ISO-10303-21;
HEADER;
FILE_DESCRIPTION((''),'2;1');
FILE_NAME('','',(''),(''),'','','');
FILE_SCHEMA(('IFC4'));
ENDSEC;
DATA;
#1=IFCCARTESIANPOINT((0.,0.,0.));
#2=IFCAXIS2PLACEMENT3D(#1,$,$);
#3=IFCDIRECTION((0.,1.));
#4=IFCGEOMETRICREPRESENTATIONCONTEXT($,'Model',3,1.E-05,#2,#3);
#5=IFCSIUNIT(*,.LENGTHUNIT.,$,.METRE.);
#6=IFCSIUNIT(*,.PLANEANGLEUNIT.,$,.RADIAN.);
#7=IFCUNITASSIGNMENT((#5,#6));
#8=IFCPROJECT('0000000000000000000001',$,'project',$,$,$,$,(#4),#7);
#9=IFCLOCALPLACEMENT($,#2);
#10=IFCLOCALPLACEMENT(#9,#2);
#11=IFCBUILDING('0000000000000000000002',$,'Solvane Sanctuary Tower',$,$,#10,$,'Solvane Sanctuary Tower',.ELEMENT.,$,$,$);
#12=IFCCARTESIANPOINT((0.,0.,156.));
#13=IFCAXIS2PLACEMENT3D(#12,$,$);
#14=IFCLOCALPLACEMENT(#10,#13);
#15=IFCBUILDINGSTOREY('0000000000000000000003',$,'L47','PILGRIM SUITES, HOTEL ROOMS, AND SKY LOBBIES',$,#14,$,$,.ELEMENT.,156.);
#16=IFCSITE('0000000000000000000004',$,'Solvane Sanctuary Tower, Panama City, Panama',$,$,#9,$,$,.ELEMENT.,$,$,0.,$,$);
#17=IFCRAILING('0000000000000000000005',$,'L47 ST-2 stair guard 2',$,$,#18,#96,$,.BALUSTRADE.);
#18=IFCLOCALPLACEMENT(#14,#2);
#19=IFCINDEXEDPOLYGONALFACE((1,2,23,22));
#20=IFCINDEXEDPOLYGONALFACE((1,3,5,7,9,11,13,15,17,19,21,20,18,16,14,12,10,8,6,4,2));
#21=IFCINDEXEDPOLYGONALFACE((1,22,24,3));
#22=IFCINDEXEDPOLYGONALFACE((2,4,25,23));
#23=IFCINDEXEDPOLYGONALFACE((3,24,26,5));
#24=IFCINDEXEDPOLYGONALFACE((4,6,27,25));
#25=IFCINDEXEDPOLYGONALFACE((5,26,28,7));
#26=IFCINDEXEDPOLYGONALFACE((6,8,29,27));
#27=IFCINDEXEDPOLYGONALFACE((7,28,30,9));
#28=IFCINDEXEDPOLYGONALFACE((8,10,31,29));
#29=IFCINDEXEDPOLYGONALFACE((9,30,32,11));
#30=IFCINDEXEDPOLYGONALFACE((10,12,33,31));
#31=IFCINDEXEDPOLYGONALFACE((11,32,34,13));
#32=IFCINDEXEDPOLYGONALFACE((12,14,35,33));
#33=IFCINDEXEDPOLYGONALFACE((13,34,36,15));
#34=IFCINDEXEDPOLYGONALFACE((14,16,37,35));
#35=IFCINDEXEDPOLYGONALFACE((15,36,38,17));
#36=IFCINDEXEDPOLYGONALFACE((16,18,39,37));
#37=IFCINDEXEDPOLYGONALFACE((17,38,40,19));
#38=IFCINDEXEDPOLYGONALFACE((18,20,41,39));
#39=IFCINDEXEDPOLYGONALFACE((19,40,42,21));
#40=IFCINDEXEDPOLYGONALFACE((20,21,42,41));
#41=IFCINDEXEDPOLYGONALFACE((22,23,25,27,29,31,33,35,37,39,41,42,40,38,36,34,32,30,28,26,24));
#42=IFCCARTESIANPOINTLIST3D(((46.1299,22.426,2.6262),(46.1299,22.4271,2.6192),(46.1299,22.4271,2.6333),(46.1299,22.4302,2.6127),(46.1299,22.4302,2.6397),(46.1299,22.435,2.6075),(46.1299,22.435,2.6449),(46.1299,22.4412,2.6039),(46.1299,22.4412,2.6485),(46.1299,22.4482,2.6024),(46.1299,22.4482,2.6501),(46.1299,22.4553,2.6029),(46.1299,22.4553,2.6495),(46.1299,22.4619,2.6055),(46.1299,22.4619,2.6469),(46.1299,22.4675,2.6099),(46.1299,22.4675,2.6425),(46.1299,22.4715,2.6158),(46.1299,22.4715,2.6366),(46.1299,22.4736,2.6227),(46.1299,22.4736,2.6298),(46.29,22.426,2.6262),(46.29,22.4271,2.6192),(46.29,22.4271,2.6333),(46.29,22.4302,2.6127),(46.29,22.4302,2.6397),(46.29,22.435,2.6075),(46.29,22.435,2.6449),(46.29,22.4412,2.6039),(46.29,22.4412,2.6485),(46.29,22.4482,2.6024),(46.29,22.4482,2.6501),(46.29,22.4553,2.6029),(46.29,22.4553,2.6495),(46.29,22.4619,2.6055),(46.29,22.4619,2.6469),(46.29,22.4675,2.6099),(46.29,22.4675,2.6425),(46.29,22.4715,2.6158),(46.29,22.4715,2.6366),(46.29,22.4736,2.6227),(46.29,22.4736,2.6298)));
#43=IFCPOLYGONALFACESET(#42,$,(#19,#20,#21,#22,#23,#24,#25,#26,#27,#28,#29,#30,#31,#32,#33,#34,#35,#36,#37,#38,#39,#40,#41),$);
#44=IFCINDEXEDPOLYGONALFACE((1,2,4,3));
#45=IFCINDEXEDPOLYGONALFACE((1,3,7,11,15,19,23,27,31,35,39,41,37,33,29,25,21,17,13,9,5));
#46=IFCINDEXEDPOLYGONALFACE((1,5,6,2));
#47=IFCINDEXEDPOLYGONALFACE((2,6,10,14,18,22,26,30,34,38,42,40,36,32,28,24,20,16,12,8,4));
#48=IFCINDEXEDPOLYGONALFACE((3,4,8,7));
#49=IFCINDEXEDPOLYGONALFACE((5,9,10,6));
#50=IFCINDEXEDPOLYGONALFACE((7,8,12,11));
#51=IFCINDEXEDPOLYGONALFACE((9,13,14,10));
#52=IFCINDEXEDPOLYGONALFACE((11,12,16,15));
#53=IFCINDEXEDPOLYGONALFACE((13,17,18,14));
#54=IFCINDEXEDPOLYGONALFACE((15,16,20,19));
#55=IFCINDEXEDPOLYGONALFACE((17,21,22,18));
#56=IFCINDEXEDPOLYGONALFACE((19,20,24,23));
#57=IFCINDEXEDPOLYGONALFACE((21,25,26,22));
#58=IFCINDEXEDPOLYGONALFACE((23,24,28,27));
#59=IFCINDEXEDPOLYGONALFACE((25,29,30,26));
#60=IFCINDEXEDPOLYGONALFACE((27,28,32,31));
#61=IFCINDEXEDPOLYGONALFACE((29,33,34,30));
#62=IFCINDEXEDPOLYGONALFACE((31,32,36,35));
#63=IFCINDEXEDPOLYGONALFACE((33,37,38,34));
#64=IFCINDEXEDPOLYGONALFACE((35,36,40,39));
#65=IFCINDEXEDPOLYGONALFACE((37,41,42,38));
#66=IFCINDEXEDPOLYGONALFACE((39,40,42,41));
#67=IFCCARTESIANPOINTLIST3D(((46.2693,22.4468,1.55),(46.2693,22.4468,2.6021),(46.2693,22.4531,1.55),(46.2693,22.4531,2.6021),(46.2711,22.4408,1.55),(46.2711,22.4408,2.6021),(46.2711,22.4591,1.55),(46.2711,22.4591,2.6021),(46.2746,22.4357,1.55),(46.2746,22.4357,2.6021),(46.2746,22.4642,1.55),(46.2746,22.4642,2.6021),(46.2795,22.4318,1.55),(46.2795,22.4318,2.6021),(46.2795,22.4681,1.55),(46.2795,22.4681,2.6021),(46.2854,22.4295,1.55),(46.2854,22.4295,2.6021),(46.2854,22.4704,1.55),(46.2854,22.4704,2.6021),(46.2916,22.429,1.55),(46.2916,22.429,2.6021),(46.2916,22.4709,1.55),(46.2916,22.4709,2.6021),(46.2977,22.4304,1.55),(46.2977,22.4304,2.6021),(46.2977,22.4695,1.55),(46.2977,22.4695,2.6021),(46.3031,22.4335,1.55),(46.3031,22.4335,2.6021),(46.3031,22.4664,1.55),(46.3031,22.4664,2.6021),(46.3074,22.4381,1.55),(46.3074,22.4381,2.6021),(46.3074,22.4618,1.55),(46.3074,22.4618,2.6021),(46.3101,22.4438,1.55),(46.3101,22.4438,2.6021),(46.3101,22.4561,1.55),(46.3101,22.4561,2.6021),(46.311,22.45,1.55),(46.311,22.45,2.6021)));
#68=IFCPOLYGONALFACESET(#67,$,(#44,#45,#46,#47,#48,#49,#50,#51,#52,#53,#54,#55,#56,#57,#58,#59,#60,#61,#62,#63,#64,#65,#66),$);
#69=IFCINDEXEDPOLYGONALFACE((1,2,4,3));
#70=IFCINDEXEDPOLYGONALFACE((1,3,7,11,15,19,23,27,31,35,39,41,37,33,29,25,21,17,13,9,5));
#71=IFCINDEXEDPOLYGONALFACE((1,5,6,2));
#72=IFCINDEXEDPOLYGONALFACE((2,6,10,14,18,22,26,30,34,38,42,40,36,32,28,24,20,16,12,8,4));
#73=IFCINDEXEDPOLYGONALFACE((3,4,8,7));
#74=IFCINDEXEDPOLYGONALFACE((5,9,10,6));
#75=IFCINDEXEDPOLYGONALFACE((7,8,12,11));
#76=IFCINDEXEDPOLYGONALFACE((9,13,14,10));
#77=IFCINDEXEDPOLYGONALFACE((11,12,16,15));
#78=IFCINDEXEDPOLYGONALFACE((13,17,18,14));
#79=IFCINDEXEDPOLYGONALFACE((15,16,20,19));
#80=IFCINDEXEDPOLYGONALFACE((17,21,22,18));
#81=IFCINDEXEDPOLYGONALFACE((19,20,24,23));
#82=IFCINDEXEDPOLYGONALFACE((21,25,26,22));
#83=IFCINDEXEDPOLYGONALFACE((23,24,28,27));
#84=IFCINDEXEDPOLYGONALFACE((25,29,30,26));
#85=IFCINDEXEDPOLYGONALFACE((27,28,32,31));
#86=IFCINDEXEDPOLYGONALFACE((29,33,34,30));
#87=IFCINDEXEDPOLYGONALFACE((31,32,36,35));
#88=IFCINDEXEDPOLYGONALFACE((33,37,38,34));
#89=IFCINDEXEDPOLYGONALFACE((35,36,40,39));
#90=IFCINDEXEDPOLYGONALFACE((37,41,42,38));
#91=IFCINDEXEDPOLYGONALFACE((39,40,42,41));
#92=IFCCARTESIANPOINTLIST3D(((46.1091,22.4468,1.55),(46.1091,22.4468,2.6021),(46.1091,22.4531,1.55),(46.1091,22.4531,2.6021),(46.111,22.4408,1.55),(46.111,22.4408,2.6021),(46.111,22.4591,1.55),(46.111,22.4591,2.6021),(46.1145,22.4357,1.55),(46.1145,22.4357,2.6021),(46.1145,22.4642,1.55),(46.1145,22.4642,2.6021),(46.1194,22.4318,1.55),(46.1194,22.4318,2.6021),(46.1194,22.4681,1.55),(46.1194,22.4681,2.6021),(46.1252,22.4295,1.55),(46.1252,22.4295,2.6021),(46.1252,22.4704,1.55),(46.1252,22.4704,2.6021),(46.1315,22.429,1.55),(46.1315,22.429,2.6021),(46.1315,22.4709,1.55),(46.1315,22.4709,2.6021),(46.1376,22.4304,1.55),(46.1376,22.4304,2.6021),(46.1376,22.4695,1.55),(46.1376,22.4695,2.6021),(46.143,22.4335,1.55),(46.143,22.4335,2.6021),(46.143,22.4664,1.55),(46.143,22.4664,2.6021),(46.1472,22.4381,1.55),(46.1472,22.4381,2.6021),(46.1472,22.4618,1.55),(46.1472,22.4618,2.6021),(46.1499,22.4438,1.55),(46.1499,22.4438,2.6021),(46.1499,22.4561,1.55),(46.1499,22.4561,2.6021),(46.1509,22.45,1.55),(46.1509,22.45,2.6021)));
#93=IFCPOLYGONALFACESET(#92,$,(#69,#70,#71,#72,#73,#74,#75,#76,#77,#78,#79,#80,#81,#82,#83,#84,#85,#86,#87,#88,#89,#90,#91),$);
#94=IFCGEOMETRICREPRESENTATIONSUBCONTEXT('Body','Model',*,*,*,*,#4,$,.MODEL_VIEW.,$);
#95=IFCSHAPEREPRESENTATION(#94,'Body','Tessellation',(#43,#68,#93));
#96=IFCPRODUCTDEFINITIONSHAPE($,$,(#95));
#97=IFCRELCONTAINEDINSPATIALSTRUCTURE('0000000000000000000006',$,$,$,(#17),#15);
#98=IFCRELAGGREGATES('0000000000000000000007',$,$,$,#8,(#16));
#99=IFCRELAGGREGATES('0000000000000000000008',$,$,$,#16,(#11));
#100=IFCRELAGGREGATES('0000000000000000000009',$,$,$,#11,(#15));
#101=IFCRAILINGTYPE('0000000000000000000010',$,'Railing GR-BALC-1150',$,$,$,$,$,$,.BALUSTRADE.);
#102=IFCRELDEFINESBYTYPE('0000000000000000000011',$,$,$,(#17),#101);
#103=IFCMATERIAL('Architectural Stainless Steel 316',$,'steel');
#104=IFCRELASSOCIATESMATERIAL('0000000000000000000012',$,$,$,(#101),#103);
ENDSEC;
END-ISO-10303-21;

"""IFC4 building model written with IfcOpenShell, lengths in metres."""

from ifc_helpers import new_model, si_unit, direction, frame, origin, origin_2d, place, context, subcontext, project, spatial, circle, extrude, material, type_object, element, save


model = new_model("IFC4")

# Units and contexts
model_context = context("Model", 3, precision=1e-05, world=origin(), true_north=direction((0.0, 1.0)))
body_context = subcontext(model_context, "Body", "Model", "MODEL_VIEW")
ifc_project = project(units=[si_unit("LENGTHUNIT", "METRE"), si_unit("PLANEANGLEUNIT", "RADIAN")], contexts=[model_context])

# Site, building, storey
site_placement = place(None, origin())
site = spatial("IfcSite", under=ifc_project, at=site_placement, Name="Solvane Sanctuary Tower, Panama City, Panama", CompositionType="ELEMENT", RefElevation=0.0)
building_placement = place(site_placement, origin())
building = spatial("IfcBuilding", under=site, at=building_placement, Name="Solvane Sanctuary Tower", LongName="Solvane Sanctuary Tower", CompositionType="ELEMENT")
storey_placement = place(building_placement, frame((0.0, 0.0, 156.0)))
storey = spatial("IfcBuildingStorey", under=building, at=storey_placement, Name="L47", Description="PILGRIM SUITES, HOTEL ROOMS, AND SKY LOBBIES", CompositionType="ELEMENT", Elevation=156.0)

# Shared definitions
ifc_material_1 = material(Name="Architectural Stainless Steel 316", Category="steel")

# Railing
railing_type = type_object("IfcRailingType", Name="Railing GR-BALC-1150", PredefinedType="BALUSTRADE", material=ifc_material_1)
railing_1_placement = place(storey_placement, frame((46.29, 22.45, 1.55)))
element("IfcRailing", 1, at=railing_1_placement, inside=storey, type_object=railing_type, Name="L47 ST-2 stair guard 2", PredefinedType="BALUSTRADE", context=body_context, shape_type="SweptSolid", body=[
    extrude(circle(Radius=0.0239, at=origin_2d()), frame((0.0, 0.0, 1.0762), z_axis=(-1.0, 0.0, 0.0), x_axis=(0.0, -1.0, 0.0)), (0.0, 0.0, 1.0), 0.1602),
    extrude(circle(Radius=0.021, at=origin_2d()), origin(), (0.0, 0.0, 1.0), 1.052),
    extrude(circle(Radius=0.021, at=origin_2d()), frame((-0.1602, 0.0, 0.0)), (0.0, 0.0, 1.0), 1.052),
])

save(model, "model.ifc")
